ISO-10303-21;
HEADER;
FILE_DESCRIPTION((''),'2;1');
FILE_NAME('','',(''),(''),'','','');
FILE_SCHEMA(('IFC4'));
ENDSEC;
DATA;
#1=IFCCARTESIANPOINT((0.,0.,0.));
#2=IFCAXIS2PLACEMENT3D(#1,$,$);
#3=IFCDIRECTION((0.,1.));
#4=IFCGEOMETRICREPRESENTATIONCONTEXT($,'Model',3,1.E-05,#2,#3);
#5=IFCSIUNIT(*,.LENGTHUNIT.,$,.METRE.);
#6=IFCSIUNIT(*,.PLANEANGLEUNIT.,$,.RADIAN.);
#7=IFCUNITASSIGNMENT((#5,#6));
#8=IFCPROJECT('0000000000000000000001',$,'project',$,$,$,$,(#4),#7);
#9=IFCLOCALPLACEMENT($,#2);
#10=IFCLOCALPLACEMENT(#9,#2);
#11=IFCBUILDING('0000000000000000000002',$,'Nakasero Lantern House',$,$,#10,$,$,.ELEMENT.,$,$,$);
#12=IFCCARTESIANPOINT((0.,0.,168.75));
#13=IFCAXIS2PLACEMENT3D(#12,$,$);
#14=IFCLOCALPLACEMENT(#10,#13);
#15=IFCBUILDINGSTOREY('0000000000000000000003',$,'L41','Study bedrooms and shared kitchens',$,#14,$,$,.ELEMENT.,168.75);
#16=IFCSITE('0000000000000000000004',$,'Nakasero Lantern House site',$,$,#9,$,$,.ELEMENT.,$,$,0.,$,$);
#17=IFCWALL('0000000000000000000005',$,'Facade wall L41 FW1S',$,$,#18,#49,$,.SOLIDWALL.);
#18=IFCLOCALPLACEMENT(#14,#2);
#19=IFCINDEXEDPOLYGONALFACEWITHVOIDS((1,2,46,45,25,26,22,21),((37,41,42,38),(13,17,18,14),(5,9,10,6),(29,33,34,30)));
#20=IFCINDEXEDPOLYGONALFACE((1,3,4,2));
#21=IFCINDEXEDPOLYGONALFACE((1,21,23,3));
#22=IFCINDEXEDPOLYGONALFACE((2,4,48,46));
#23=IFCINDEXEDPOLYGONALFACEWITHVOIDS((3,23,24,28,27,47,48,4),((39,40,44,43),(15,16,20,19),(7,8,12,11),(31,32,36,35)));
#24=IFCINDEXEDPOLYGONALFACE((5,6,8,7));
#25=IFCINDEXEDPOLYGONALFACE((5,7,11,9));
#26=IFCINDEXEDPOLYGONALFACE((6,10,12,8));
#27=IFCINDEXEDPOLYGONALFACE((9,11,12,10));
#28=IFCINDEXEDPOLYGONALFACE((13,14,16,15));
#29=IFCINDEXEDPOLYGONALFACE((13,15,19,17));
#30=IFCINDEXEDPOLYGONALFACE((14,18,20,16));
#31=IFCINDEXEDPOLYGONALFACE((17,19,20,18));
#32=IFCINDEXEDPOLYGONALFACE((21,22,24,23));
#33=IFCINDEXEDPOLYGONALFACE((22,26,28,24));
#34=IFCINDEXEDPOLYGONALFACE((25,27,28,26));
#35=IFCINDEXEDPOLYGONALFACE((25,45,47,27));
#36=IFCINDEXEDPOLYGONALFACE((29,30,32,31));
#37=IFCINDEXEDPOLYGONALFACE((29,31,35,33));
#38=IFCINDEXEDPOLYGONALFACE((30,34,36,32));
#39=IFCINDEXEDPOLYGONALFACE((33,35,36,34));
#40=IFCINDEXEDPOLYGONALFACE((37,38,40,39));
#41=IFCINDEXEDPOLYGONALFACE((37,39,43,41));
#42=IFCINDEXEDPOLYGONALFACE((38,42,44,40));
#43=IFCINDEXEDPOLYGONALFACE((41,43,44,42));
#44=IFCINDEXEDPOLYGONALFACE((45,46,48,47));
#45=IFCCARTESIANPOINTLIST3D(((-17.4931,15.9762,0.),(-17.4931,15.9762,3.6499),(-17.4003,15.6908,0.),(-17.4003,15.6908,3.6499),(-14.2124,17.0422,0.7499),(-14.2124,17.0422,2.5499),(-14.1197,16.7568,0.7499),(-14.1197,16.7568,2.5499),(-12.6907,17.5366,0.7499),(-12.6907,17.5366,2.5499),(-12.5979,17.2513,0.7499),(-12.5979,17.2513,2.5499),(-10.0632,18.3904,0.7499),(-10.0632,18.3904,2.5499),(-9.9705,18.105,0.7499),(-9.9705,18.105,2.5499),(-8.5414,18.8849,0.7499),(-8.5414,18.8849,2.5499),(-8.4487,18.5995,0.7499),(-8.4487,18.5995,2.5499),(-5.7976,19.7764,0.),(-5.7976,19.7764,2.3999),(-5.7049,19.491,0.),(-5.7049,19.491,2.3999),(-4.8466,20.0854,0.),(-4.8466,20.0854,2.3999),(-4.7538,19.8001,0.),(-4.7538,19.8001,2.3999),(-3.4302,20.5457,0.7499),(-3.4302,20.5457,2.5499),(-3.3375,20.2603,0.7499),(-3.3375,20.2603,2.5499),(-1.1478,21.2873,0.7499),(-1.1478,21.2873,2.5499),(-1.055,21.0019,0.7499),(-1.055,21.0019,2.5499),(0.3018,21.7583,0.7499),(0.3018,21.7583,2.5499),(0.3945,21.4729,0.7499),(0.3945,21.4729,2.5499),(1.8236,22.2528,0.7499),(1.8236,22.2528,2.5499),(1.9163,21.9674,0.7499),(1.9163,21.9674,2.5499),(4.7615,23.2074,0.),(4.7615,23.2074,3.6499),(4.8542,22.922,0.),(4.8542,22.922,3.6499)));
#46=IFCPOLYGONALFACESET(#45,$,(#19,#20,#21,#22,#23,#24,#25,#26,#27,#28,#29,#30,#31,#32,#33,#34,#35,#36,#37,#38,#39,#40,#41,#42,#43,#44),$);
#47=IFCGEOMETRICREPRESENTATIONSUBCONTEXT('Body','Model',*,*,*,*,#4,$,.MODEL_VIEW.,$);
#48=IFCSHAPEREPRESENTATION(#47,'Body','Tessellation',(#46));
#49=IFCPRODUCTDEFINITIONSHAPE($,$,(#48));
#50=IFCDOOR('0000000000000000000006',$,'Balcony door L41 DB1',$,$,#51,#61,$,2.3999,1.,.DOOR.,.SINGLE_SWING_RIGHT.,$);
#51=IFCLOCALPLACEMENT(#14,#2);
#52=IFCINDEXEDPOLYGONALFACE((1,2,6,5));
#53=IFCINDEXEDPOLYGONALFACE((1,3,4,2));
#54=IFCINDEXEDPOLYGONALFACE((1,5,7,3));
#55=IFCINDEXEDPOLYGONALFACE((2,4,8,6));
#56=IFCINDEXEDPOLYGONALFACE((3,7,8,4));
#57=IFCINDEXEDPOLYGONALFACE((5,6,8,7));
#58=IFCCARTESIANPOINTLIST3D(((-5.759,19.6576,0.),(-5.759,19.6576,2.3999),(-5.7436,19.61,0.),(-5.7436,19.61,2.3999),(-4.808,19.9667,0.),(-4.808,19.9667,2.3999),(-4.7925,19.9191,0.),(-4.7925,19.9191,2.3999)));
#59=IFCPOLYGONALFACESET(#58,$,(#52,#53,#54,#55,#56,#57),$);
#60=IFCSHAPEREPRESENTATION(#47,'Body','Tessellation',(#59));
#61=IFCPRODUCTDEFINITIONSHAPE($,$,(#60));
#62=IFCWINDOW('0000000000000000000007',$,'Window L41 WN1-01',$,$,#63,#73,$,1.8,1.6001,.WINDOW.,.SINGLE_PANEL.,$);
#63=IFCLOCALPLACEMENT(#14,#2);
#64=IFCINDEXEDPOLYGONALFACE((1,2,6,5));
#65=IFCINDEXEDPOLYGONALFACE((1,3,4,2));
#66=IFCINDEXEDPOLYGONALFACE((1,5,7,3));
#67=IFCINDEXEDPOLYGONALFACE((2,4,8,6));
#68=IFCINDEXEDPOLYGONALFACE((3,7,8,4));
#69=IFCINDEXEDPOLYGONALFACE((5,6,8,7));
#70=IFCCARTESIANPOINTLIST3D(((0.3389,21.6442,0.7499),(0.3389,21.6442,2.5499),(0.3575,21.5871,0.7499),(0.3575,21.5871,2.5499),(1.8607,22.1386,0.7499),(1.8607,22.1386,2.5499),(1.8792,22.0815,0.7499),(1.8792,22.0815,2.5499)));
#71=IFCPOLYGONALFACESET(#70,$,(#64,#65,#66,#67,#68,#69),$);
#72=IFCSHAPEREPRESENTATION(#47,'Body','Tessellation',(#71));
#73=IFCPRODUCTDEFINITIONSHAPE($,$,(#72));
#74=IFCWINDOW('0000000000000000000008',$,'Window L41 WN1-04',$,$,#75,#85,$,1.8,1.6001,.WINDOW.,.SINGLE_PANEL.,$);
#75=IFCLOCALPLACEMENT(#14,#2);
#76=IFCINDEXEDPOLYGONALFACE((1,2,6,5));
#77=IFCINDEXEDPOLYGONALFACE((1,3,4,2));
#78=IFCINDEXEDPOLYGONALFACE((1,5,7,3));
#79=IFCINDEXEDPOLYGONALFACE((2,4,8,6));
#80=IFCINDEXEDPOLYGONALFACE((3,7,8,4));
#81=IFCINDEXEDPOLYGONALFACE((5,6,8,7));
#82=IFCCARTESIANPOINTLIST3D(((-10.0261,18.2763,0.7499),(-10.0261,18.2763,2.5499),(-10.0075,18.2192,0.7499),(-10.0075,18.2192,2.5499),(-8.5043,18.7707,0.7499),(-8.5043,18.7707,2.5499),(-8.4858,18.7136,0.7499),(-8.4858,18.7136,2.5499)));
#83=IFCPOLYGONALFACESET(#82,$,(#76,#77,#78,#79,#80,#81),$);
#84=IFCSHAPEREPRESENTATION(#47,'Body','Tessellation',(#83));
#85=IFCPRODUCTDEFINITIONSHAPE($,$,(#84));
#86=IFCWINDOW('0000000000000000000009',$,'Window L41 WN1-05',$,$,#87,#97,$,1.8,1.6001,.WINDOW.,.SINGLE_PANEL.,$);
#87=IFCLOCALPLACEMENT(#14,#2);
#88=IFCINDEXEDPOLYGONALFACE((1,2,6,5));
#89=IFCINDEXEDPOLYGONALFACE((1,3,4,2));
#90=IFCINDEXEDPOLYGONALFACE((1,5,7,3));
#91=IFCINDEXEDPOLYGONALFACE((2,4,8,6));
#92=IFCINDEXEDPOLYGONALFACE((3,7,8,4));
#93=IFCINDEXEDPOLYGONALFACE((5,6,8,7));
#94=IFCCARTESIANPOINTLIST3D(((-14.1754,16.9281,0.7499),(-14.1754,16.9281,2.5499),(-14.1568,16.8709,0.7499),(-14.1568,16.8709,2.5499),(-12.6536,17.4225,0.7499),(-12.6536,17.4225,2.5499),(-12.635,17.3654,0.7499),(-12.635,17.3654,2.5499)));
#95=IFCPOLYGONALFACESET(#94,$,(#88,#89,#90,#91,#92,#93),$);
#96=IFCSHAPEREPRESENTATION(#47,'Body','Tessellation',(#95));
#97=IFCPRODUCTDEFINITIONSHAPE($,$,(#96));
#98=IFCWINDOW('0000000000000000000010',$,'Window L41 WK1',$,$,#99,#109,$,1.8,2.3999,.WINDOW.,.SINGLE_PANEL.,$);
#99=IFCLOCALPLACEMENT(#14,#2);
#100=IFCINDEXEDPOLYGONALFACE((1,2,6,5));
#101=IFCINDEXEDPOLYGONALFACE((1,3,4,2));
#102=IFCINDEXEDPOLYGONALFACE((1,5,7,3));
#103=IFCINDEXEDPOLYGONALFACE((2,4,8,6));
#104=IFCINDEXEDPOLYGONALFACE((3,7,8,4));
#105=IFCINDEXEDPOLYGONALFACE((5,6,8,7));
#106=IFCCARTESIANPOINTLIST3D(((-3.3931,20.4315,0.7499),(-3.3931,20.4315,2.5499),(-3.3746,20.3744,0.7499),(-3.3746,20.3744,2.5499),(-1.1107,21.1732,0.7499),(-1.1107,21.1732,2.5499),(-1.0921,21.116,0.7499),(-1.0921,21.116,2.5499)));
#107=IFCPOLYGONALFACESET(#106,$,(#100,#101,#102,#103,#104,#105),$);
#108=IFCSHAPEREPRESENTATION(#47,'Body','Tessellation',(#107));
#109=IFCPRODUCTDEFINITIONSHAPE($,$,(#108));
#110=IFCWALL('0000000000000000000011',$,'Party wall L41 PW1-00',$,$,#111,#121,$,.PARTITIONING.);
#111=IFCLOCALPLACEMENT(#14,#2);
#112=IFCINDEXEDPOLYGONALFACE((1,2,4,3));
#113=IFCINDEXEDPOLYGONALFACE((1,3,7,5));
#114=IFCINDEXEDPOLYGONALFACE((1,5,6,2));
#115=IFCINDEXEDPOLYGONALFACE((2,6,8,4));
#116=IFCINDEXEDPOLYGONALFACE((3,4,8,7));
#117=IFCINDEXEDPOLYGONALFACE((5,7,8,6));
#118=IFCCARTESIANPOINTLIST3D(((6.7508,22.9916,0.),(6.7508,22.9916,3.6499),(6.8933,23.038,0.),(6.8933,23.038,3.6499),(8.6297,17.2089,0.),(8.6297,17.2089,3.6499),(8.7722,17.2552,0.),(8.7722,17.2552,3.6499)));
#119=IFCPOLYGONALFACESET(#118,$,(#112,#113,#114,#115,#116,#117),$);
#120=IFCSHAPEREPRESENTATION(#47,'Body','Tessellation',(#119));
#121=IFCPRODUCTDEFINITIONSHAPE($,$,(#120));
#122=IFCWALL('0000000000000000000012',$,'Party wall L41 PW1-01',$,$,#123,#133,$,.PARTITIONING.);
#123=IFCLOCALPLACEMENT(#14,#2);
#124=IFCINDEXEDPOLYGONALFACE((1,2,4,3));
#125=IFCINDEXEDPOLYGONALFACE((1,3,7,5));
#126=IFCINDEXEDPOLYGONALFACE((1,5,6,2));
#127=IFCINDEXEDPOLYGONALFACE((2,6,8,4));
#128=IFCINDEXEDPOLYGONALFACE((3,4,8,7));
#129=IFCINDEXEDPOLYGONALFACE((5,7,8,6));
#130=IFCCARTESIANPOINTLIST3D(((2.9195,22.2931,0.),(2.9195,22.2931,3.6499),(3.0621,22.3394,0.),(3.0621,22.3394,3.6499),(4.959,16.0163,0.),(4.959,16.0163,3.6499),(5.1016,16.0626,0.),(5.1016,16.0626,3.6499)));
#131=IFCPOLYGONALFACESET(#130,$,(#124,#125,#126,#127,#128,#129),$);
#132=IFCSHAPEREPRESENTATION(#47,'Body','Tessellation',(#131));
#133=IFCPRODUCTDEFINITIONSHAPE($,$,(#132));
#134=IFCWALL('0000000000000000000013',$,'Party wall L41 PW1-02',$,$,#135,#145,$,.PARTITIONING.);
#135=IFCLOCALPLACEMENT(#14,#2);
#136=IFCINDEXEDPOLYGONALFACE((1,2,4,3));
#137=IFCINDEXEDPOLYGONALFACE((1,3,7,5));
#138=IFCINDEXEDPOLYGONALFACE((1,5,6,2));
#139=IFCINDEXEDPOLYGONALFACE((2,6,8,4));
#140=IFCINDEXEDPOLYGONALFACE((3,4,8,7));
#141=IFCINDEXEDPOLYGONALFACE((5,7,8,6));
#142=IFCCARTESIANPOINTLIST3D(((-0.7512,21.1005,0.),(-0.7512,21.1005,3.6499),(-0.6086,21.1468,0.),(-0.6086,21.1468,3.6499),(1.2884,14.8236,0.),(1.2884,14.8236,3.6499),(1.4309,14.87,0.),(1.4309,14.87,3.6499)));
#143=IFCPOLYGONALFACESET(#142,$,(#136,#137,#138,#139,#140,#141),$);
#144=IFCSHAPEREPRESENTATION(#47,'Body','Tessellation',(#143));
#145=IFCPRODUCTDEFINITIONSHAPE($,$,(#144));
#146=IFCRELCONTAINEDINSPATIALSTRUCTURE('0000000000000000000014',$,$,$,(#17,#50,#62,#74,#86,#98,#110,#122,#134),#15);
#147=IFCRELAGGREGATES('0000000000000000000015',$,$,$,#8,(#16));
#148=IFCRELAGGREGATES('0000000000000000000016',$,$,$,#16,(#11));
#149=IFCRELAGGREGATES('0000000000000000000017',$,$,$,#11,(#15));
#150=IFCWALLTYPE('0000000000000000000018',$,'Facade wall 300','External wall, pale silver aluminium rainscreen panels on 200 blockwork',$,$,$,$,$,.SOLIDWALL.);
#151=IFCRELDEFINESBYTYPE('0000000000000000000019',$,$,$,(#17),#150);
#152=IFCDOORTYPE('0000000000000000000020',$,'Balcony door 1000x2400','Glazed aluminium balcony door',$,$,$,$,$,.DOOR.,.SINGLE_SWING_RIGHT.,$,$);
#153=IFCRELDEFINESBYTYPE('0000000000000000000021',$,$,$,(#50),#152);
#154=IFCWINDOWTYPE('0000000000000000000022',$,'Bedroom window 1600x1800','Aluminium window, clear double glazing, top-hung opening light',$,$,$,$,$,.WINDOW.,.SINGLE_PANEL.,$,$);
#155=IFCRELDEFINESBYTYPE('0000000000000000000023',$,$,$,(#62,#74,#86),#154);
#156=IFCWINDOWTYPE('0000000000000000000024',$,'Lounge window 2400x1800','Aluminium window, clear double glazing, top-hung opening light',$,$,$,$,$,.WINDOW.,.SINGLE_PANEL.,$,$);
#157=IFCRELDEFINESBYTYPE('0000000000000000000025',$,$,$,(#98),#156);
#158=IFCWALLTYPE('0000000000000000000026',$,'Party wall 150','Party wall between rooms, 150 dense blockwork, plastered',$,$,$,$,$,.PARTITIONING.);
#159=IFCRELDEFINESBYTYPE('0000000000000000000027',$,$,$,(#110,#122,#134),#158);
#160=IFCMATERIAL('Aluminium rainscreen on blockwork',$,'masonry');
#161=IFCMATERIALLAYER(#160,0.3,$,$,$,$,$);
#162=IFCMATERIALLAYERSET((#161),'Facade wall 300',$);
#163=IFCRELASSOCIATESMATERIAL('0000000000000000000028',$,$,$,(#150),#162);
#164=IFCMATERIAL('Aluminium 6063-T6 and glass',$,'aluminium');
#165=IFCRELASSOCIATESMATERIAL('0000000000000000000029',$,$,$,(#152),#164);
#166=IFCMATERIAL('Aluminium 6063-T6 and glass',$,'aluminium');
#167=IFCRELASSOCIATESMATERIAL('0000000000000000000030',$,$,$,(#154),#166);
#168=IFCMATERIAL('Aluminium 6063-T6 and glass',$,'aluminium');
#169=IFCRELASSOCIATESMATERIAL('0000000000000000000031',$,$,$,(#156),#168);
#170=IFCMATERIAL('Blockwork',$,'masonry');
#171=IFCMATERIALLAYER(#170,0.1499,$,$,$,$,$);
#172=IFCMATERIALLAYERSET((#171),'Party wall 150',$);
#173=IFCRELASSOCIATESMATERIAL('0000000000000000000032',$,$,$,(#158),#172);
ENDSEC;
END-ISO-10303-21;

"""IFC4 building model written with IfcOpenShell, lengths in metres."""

from ifc_helpers import new_model, si_unit, direction, frame, frame_2d, origin, place, context, subcontext, project, spatial, rectangle, extrude, material, layer, layer_set, type_object, element, fill, save


model = new_model("IFC4")

# Units and contexts
model_context = context("Model", 3, precision=1e-05, world=origin(), true_north=direction((0.0, 1.0)))
body_context = subcontext(model_context, "Body", "Model", "MODEL_VIEW")
ifc_project = project(units=[si_unit("LENGTHUNIT", "METRE"), si_unit("PLANEANGLEUNIT", "RADIAN")], contexts=[model_context])

# Site, building, storey
site_placement = place(None, origin())
site = spatial("IfcSite", under=ifc_project, at=site_placement, Name="Nakasero Lantern House site", CompositionType="ELEMENT", RefElevation=0.0)
building_placement = place(site_placement, origin())
building = spatial("IfcBuilding", under=site, at=building_placement, Name="Nakasero Lantern House", CompositionType="ELEMENT")
storey_placement = place(building_placement, frame((0.0, 0.0, 168.75)))
storey = spatial("IfcBuildingStorey", under=building, at=storey_placement, Name="L41", Description="Study bedrooms and shared kitchens", CompositionType="ELEMENT", Elevation=168.75)

# Wall, openings, door, windows
ifc_material_1 = material(Name="Aluminium rainscreen on blockwork", Category="masonry")
ifc_layer_1 = layer(ifc_material_1, 0.3)
ifc_layer_set_1 = layer_set([ifc_layer_1], Name="Facade wall 300")
wall_type_1 = type_object("IfcWallType", Name="Facade wall 300", Description="External wall, pale silver aluminium rainscreen panels on 200 blockwork", PredefinedType="SOLIDWALL", material=ifc_layer_set_1)
wall_1_placement = place(storey_placement, frame((4.8079, 23.0647, 0.0), z_axis=(0.0, 0.0, 1.0), x_axis=(-0.951054, -0.309026, 0.0)))
wall_1 = element("IfcWall", 1, at=wall_1_placement, inside=storey, type_object=wall_type_1, Name="Facade wall L41 FW1S", PredefinedType="SOLIDWALL", context=body_context, shape_type="SweptSolid", body=[
    extrude(rectangle(XDim=23.3999, YDim=0.3, at=frame_2d((11.7, 0.0))), origin(), (0.0, 0.0, 1.0), 3.6499),
])
opening_1_placement = place(wall_1_placement, frame((3.0891, 0.0, 0.75)))
opening_1 = element("IfcOpeningElement", 2, at=opening_1_placement, cuts=wall_1, PredefinedType="OPENING", context=body_context, shape_type="SweptSolid", body=[
    extrude(rectangle(XDim=1.6001, YDim=1.8, at=frame_2d((0.8, 0.8999))), frame((0.0, 0.1699, 0.0), z_axis=(0.0, -1.0, 0.0), x_axis=(1.0, 0.0, 0.0)), (0.0, 0.0, 1.0), 0.3401),
])
opening_2_placement = place(wall_1_placement, frame((13.9875, 0.0, 0.75)))
opening_2 = element("IfcOpeningElement", 3, at=opening_2_placement, cuts=wall_1, PredefinedType="OPENING", context=body_context, shape_type="SweptSolid", body=[
    extrude(rectangle(XDim=1.6001, YDim=1.8, at=frame_2d((0.8, 0.8999))), frame((0.0, 0.1699, 0.0), z_axis=(0.0, -1.0, 0.0), x_axis=(1.0, 0.0, 0.0)), (0.0, 0.0, 1.0), 0.3401),
])
opening_3_placement = place(wall_1_placement, frame((18.3503, 0.0, 0.75)))
opening_3 = element("IfcOpeningElement", 4, at=opening_3_placement, cuts=wall_1, PredefinedType="OPENING", context=body_context, shape_type="SweptSolid", body=[
    extrude(rectangle(XDim=1.6001, YDim=1.8, at=frame_2d((0.8, 0.8999))), frame((0.0, 0.1699, 0.0), z_axis=(0.0, -1.0, 0.0), x_axis=(1.0, 0.0, 0.0)), (0.0, 0.0, 1.0), 0.3401),
])
opening_4_placement = place(wall_1_placement, frame((6.2134, 0.0, 0.75)))
opening_4 = element("IfcOpeningElement", 5, at=opening_4_placement, cuts=wall_1, PredefinedType="OPENING", context=body_context, shape_type="SweptSolid", body=[
    extrude(rectangle(XDim=2.3999, YDim=1.8, at=frame_2d((1.2, 0.8999))), frame((0.0, 0.1699, 0.0), z_axis=(0.0, -1.0, 0.0), x_axis=(1.0, 0.0, 0.0)), (0.0, 0.0, 1.0), 0.3401),
])
opening_5_placement = place(wall_1_placement, frame((10.1025, 0.0, 0.0)))
opening_5 = element("IfcOpeningElement", 6, at=opening_5_placement, cuts=wall_1, PredefinedType="OPENING", context=body_context, shape_type="SweptSolid", body=[
    extrude(rectangle(XDim=1.0, YDim=2.3999, at=frame_2d((0.5, 1.2))), frame((0.0, 0.1699, 0.0), z_axis=(0.0, -1.0, 0.0), x_axis=(1.0, 0.0, 0.0)), (0.0, 0.0, 1.0), 0.3401),
])
ifc_material_2 = material(Name="Aluminium 6063-T6 and glass", Category="aluminium")
door_type_1 = type_object("IfcDoorType", Name="Balcony door 1000x2400", Description="Glazed aluminium balcony door", OperationType="SINGLE_SWING_RIGHT", PredefinedType="DOOR", material=ifc_material_2)
door_1_placement = place(opening_5_placement, origin())
door_1 = element("IfcDoor", 7, at=door_1_placement, inside=storey, type_object=door_type_1, Name="Balcony door L41 DB1", OperationType="SINGLE_SWING_RIGHT", OverallHeight=2.3999, OverallWidth=1.0, PredefinedType="DOOR", context=body_context, shape_type="SweptSolid", body=[
    extrude(rectangle(XDim=1.0, YDim=2.3999, at=frame_2d((0.5, 1.2))), frame((0.0, 0.0249, 0.0), z_axis=(0.0, -1.0, 0.0), x_axis=(1.0, 0.0, 0.0)), (0.0, 0.0, 1.0), 0.05),
])
fill(opening_5, door_1)
ifc_material_3 = material(Name="Aluminium 6063-T6 and glass", Category="aluminium")
window_type_1 = type_object("IfcWindowType", Name="Bedroom window 1600x1800", Description="Aluminium window, clear double glazing, top-hung opening light", PartitioningType="SINGLE_PANEL", PredefinedType="WINDOW", material=ifc_material_3)
window_1_placement = place(opening_1_placement, origin())
window_1 = element("IfcWindow", 8, at=window_1_placement, inside=storey, type_object=window_type_1, Name="Window L41 WN1-01", OverallHeight=1.8, OverallWidth=1.6001, PartitioningType="SINGLE_PANEL", PredefinedType="WINDOW", context=body_context, shape_type="SweptSolid", body=[
    extrude(rectangle(XDim=1.6001, YDim=1.8, at=frame_2d((0.8, 0.8999))), frame((0.0, 0.03, 0.0), z_axis=(0.0, -1.0, 0.0), x_axis=(1.0, 0.0, 0.0)), (0.0, 0.0, 1.0), 0.0601),
])
fill(opening_1, window_1)
window_2_placement = place(opening_2_placement, origin())
window_2 = element("IfcWindow", 9, at=window_2_placement, inside=storey, type_object=window_type_1, Name="Window L41 WN1-04", OverallHeight=1.8, OverallWidth=1.6001, PartitioningType="SINGLE_PANEL", PredefinedType="WINDOW", context=body_context, shape_type="SweptSolid", body=[
    extrude(rectangle(XDim=1.6001, YDim=1.8, at=frame_2d((0.8, 0.8999))), frame((0.0, 0.03, 0.0), z_axis=(0.0, -1.0, 0.0), x_axis=(1.0, 0.0, 0.0)), (0.0, 0.0, 1.0), 0.0601),
])
fill(opening_2, window_2)
window_3_placement = place(opening_3_placement, origin())
window_3 = element("IfcWindow", 10, at=window_3_placement, inside=storey, type_object=window_type_1, Name="Window L41 WN1-05", OverallHeight=1.8, OverallWidth=1.6001, PartitioningType="SINGLE_PANEL", PredefinedType="WINDOW", context=body_context, shape_type="SweptSolid", body=[
    extrude(rectangle(XDim=1.6001, YDim=1.8, at=frame_2d((0.8, 0.8999))), frame((0.0, 0.03, 0.0), z_axis=(0.0, -1.0, 0.0), x_axis=(1.0, 0.0, 0.0)), (0.0, 0.0, 1.0), 0.0601),
])
fill(opening_3, window_3)
ifc_material_4 = material(Name="Aluminium 6063-T6 and glass", Category="aluminium")
window_type_2 = type_object("IfcWindowType", Name="Lounge window 2400x1800", Description="Aluminium window, clear double glazing, top-hung opening light", PartitioningType="SINGLE_PANEL", PredefinedType="WINDOW", material=ifc_material_4)
window_4_placement = place(opening_4_placement, origin())
window_4 = element("IfcWindow", 11, at=window_4_placement, inside=storey, type_object=window_type_2, Name="Window L41 WK1", OverallHeight=1.8, OverallWidth=2.3999, PartitioningType="SINGLE_PANEL", PredefinedType="WINDOW", context=body_context, shape_type="SweptSolid", body=[
    extrude(rectangle(XDim=2.3999, YDim=1.8, at=frame_2d((1.2, 0.8999))), frame((0.0, 0.03, 0.0), z_axis=(0.0, -1.0, 0.0), x_axis=(1.0, 0.0, 0.0)), (0.0, 0.0, 1.0), 0.0601),
])
fill(opening_4, window_4)

# Walls
ifc_material_5 = material(Name="Blockwork", Category="masonry")
ifc_layer_2 = layer(ifc_material_5, 0.1499)
ifc_layer_set_2 = layer_set([ifc_layer_2], Name="Party wall 150")
wall_type_2 = type_object("IfcWallType", Name="Party wall 150", Description="Party wall between rooms, 150 dense blockwork, plastered", PredefinedType="PARTITIONING", material=ifc_layer_set_2)
wall_2_placement = place(storey_placement, frame((8.7009, 17.2322, 0.0), z_axis=(0.0, 0.0, 1.0), x_axis=(-0.309015, 0.951057, 0.0)))
element("IfcWall", 12, at=wall_2_placement, inside=storey, type_object=wall_type_2, Name="Party wall L41 PW1-00", PredefinedType="PARTITIONING", context=body_context, shape_type="SweptSolid", body=[
    extrude(rectangle(XDim=6.0803, YDim=0.1499, at=frame_2d((3.04, 0.0))), origin(), (0.0, 0.0, 1.0), 3.6499),
])
for number, where, z_axis, x_axis, name in (
    (13, (5.0303, 16.0396, 0.0), (0.0, 0.0, 1.0), (-0.309028, 0.951053, 0.0), "Party wall L41 PW1-01"),
    (14, (1.3596, 14.8469, 0.0), (0.0, 0.0, 1.0), (-0.309028, 0.951053, 0.0), "Party wall L41 PW1-02"),
):
    element("IfcWall", number, at=place(storey_placement, frame(where, z_axis=z_axis, x_axis=x_axis)), inside=storey, type_object=wall_type_2, Name=name, PredefinedType="PARTITIONING", context=body_context, shape_type="SweptSolid", body=[
        extrude(rectangle(XDim=6.5999, YDim=0.1499, at=frame_2d((3.2998, 0.0))), origin(), (0.0, 0.0, 1.0), 3.6499),
    ])

save(model, "model.ifc")
